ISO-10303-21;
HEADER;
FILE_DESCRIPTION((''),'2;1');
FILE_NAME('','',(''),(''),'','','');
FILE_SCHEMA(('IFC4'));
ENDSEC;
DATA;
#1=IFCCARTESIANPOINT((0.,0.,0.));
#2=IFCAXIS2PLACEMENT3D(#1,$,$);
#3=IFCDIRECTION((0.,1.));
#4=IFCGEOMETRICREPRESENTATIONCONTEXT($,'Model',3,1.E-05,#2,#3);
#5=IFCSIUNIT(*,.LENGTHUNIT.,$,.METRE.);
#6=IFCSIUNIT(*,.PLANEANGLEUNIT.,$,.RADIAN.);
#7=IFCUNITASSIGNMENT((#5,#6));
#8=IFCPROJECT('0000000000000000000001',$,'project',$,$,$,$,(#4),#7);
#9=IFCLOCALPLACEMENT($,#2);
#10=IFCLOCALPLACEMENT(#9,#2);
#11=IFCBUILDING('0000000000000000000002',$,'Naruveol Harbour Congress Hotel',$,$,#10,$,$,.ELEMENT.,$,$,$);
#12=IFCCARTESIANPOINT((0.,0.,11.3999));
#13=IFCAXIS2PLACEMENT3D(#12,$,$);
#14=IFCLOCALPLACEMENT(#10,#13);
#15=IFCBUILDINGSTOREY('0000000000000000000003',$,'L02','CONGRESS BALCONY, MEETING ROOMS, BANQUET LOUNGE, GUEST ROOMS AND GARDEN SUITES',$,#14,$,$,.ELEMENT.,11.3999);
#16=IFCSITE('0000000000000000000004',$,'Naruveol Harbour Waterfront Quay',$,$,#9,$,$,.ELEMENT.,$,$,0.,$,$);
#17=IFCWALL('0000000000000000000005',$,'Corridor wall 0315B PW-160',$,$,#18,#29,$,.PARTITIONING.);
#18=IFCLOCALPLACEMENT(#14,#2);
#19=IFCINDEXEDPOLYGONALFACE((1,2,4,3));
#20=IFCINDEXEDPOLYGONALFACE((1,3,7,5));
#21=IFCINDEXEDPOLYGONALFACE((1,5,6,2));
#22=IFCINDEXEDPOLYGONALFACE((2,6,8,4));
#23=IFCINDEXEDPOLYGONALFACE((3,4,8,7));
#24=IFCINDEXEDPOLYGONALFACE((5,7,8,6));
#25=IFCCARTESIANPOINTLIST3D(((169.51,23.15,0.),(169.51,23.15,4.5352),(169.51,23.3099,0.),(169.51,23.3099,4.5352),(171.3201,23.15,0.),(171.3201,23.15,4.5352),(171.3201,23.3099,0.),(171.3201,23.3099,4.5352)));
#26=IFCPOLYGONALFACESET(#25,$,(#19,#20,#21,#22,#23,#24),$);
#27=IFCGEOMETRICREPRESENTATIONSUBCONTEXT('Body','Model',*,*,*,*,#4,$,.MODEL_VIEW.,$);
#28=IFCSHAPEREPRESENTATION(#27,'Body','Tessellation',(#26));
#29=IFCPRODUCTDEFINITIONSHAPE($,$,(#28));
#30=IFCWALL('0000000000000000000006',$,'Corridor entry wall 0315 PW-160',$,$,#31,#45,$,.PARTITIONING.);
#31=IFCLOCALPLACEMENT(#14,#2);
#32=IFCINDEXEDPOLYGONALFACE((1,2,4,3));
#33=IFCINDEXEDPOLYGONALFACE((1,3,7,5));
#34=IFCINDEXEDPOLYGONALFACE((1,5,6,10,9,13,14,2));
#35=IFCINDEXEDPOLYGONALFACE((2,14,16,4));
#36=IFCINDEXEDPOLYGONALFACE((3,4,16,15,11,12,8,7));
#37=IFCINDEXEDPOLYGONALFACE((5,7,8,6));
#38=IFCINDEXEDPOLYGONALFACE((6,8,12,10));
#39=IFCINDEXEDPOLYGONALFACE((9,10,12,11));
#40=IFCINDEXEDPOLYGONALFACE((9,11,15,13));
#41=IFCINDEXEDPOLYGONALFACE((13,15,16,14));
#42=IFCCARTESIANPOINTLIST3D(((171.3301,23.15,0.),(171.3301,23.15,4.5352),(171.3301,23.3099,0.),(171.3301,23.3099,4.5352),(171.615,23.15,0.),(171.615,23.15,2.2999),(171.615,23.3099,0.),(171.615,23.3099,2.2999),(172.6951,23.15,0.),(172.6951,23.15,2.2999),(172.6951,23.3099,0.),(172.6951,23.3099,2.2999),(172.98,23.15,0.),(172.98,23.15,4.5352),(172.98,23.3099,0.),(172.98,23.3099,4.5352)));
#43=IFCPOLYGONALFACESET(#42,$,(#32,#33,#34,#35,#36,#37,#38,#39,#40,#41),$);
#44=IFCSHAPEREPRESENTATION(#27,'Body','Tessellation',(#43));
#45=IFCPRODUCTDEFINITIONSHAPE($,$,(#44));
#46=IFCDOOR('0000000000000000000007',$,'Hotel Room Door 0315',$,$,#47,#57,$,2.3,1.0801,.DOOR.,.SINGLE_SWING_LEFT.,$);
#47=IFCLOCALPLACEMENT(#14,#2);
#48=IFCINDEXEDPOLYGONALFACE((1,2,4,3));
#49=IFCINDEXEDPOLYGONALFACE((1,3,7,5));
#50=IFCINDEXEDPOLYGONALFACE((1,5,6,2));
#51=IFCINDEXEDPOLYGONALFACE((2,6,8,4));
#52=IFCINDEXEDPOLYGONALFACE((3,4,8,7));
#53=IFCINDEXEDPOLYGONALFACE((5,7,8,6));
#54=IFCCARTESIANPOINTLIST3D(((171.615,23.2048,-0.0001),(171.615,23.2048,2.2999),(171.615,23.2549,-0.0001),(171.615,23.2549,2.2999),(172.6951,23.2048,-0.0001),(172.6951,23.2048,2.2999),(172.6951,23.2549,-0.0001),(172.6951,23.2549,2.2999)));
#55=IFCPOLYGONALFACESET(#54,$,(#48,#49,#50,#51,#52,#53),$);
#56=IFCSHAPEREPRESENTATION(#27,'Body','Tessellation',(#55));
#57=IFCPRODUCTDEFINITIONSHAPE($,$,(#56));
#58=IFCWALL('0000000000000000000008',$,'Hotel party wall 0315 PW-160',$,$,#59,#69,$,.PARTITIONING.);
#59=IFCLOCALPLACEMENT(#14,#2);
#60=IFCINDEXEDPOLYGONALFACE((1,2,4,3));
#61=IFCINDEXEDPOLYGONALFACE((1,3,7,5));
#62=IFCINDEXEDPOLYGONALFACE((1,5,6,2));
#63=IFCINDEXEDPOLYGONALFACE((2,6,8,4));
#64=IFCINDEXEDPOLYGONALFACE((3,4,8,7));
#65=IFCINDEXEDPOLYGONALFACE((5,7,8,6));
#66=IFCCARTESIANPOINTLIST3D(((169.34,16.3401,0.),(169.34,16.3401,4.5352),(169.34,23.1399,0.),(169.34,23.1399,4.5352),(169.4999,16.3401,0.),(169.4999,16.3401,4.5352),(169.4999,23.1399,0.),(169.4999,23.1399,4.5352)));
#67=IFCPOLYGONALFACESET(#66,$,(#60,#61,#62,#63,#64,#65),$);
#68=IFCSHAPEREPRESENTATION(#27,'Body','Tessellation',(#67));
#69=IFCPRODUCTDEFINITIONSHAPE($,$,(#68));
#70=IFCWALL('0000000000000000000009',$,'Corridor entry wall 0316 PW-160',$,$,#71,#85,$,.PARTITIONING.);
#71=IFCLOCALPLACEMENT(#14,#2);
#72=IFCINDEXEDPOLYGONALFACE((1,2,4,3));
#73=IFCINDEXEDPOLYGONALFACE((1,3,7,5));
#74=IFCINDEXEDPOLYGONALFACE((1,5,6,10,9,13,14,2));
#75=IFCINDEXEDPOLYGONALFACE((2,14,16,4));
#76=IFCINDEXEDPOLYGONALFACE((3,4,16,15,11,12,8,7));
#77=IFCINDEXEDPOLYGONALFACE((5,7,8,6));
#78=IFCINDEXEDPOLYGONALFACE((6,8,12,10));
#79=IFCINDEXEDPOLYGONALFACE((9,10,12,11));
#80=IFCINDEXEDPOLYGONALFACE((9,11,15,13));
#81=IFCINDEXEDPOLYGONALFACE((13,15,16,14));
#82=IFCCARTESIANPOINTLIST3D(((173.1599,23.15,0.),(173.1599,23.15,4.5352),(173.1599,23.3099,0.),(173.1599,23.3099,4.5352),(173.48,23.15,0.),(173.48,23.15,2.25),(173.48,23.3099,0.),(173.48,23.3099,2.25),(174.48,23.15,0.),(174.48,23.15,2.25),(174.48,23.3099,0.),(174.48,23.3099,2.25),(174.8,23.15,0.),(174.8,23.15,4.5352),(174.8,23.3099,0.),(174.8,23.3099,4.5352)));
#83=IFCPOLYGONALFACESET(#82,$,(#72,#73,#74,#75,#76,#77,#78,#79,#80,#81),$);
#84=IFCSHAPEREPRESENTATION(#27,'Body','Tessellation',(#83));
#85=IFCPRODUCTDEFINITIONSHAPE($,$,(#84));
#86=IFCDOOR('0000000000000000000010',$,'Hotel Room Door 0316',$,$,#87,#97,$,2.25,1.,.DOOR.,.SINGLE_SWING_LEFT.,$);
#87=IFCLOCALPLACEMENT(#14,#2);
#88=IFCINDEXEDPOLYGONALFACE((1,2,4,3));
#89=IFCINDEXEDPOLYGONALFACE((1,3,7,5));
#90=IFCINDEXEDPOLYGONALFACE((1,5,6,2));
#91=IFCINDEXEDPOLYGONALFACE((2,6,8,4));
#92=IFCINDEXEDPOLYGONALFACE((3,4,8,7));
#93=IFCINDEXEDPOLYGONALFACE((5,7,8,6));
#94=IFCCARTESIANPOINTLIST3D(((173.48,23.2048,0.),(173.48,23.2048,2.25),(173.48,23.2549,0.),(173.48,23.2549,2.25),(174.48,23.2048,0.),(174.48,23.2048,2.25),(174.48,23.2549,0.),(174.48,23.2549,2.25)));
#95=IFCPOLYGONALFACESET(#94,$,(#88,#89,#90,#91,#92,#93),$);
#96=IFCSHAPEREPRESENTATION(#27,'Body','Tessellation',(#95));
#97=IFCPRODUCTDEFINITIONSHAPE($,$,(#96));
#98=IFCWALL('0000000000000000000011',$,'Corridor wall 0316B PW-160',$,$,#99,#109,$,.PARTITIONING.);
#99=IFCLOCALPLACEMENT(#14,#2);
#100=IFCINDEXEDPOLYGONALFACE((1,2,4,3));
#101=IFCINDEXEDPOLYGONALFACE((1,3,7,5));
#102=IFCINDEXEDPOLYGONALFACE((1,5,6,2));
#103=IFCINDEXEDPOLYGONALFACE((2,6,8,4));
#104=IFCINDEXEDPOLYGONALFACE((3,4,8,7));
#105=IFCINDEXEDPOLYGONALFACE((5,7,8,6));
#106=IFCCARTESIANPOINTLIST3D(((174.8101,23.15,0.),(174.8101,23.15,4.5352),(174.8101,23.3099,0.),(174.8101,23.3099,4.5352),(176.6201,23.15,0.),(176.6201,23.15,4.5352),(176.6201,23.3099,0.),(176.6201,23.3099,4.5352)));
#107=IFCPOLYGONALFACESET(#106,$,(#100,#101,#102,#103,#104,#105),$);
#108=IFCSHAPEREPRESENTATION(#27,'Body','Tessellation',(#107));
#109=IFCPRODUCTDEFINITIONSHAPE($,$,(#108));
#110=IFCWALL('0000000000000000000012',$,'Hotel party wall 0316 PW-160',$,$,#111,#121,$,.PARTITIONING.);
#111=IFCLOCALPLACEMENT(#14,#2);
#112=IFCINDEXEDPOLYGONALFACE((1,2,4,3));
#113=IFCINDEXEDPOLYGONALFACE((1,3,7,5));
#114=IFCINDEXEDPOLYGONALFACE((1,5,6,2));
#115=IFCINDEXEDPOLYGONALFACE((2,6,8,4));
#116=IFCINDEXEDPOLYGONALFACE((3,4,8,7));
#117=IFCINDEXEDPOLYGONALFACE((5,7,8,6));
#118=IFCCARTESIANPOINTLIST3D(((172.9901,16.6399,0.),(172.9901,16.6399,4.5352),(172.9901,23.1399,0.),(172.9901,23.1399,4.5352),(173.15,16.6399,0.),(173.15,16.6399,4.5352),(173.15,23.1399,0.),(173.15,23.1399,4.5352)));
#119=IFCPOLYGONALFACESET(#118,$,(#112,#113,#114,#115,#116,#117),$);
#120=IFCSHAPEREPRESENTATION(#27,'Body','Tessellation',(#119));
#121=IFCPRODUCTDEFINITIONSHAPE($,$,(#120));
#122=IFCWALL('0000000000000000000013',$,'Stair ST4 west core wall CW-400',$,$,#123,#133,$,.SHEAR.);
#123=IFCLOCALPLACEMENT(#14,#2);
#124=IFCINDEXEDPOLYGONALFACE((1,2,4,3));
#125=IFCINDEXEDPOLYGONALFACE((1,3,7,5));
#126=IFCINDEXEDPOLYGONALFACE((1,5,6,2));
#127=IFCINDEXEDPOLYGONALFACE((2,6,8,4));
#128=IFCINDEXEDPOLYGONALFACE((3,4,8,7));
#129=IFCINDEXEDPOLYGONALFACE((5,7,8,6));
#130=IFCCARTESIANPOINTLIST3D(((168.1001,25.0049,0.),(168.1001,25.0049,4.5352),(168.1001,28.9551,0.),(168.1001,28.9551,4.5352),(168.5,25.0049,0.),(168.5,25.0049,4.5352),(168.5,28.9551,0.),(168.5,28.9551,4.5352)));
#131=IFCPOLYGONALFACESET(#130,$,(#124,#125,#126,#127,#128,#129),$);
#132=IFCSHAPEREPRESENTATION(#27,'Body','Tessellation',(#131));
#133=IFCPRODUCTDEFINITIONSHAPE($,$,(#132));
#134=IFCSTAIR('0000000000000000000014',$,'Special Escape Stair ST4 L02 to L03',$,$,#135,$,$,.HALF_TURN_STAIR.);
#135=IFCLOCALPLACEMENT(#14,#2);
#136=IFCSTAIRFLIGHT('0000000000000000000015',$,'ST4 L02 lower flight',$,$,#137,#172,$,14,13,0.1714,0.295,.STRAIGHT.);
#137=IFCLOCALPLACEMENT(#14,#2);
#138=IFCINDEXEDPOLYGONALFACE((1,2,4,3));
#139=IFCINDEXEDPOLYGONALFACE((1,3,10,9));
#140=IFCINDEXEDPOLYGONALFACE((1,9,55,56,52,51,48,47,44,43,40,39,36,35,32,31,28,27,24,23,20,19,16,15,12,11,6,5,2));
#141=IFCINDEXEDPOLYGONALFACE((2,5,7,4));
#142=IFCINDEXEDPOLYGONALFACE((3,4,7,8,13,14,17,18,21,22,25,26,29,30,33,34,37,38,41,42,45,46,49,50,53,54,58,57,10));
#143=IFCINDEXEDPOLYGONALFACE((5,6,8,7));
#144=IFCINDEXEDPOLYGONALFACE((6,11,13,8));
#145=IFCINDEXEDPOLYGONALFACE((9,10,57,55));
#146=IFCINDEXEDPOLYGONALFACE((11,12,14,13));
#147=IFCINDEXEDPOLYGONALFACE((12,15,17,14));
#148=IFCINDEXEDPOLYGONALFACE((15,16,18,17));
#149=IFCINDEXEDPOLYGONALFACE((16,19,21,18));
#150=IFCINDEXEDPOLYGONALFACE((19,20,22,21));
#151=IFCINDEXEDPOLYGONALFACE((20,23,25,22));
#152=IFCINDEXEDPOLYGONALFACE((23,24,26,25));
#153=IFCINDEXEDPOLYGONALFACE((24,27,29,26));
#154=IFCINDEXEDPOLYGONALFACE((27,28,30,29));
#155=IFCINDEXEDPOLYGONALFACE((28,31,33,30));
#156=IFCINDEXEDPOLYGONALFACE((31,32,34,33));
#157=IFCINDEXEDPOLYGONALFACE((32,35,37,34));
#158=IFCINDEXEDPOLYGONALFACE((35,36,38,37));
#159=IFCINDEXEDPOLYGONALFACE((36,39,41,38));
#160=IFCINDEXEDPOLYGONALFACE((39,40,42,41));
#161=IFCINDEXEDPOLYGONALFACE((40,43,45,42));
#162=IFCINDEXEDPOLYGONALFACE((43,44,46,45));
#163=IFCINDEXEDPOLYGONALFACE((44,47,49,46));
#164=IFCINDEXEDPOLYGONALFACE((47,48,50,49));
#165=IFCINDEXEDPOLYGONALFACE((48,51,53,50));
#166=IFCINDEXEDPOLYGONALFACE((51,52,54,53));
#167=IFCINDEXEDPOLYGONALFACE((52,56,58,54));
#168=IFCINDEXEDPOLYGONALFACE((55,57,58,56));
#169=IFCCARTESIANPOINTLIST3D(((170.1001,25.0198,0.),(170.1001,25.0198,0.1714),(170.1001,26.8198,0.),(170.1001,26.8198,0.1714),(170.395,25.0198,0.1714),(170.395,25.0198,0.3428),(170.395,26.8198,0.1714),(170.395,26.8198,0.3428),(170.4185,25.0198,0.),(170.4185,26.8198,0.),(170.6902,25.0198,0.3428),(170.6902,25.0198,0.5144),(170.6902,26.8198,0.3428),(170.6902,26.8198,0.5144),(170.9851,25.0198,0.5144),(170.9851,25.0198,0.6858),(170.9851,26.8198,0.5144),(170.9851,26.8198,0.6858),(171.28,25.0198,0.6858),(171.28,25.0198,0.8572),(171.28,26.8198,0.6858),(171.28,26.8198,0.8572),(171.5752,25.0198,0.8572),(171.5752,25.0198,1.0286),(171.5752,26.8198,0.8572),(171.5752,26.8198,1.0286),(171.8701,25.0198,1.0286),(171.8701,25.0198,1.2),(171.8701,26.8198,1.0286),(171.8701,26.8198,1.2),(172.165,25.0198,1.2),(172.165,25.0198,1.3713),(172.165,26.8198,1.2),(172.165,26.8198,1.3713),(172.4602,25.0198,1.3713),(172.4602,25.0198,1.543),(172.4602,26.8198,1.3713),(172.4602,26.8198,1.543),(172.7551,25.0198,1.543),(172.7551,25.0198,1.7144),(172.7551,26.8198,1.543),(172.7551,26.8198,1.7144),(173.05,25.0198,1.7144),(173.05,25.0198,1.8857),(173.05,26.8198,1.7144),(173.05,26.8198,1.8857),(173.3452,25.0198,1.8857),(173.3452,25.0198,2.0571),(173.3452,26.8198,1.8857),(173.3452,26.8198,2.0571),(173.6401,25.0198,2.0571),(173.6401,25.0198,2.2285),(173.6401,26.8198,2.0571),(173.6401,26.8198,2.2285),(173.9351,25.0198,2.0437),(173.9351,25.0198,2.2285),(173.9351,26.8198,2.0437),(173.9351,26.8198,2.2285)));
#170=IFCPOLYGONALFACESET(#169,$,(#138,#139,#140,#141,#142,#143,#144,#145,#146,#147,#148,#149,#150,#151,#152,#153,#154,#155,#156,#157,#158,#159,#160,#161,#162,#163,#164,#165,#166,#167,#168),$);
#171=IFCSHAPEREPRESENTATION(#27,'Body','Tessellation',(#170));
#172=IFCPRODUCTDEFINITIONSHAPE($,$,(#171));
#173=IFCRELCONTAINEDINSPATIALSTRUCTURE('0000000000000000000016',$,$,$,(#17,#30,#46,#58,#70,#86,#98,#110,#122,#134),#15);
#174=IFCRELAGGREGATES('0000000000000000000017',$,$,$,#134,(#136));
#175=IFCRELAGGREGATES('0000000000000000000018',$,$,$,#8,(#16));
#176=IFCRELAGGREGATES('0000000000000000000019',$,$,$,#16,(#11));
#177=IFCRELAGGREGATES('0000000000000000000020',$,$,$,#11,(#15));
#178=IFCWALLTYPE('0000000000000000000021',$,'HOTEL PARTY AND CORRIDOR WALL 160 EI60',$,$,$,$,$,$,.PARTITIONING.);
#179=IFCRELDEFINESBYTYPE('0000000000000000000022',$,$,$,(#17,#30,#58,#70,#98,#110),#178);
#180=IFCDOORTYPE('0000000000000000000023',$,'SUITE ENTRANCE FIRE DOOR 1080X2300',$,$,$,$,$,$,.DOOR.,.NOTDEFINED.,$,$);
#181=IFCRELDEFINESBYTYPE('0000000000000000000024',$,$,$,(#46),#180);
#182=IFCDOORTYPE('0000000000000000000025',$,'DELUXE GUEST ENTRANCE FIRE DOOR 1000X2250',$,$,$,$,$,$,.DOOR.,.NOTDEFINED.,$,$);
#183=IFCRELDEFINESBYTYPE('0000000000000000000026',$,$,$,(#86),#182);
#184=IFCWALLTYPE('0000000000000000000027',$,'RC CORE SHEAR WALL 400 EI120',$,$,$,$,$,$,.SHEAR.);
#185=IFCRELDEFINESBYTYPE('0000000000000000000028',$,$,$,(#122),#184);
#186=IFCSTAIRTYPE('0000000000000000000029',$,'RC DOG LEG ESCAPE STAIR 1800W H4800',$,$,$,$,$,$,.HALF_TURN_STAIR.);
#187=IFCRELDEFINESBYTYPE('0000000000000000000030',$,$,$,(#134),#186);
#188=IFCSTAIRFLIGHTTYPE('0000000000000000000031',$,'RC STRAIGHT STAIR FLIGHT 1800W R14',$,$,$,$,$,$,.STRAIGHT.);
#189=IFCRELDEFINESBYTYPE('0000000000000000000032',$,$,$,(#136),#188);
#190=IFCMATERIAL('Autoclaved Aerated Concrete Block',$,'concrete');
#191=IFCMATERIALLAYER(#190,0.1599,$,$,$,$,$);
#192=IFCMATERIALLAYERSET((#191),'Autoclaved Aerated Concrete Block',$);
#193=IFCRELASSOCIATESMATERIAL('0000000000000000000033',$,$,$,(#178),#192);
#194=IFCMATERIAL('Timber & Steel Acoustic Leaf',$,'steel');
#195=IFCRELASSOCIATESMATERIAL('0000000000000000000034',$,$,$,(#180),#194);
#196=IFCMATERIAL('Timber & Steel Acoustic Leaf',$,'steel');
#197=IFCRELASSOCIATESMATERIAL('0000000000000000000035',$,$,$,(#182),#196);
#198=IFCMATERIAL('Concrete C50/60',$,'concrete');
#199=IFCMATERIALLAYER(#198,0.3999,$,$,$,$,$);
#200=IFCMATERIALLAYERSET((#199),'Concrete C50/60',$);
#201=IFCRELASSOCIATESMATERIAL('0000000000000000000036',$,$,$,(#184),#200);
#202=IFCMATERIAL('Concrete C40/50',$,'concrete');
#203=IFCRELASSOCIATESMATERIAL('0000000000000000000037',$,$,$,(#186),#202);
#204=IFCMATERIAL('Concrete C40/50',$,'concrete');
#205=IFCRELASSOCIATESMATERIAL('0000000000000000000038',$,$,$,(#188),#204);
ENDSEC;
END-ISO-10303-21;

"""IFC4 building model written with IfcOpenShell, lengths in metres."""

from ifc_helpers import new_model, si_unit, direction, frame, frame_2d, origin, place, context, subcontext, project, spatial, polyline, rectangle, outline, extrude, material, layer, layer_set, type_object, element, fill, aggregate, save


model = new_model("IFC4")

# Units and contexts
model_context = context("Model", 3, precision=1e-05, world=origin(), true_north=direction((0.0, 1.0)))
body_context = subcontext(model_context, "Body", "Model", "MODEL_VIEW")
ifc_project = project(units=[si_unit("LENGTHUNIT", "METRE"), si_unit("PLANEANGLEUNIT", "RADIAN")], contexts=[model_context])

# Site, building, storey
site_placement = place(None, origin())
site = spatial("IfcSite", under=ifc_project, at=site_placement, Name="Naruveol Harbour Waterfront Quay", CompositionType="ELEMENT", RefElevation=0.0)
building_placement = place(site_placement, origin())
building = spatial("IfcBuilding", under=site, at=building_placement, Name="Naruveol Harbour Congress Hotel", CompositionType="ELEMENT")
storey_placement = place(building_placement, frame((0.0, 0.0, 11.3999)))
storey = spatial("IfcBuildingStorey", under=building, at=storey_placement, Name="L02", Description="CONGRESS BALCONY, MEETING ROOMS, BANQUET LOUNGE, GUEST ROOMS AND GARDEN SUITES", CompositionType="ELEMENT", Elevation=11.3999)

# Wall
ifc_material_1 = material(Name="Autoclaved Aerated Concrete Block", Category="concrete")
ifc_layer_1 = layer(ifc_material_1, 0.1599)
ifc_layer_set_1 = layer_set([ifc_layer_1], Name="Autoclaved Aerated Concrete Block")
wall_type_1 = type_object("IfcWallType", Name="HOTEL PARTY AND CORRIDOR WALL 160 EI60", PredefinedType="PARTITIONING", material=ifc_layer_set_1)
wall_1_placement = place(storey_placement, frame((169.51, 23.23, 0.0), z_axis=(0.0, 0.0, 1.0), x_axis=(1.0, 0.0, 0.0)))
element("IfcWall", 1, at=wall_1_placement, inside=storey, type_object=wall_type_1, Name="Corridor wall 0315B PW-160", PredefinedType="PARTITIONING", context=body_context, shape_type="SweptSolid", body=[
    extrude(rectangle(XDim=1.8101, YDim=0.1599, at=frame_2d((0.905, 0.0))), origin(), (0.0, 0.0, 1.0), 4.5352),
])

# Wall, opening, door
wall_2_placement = place(storey_placement, frame((171.3301, 23.23, 0.0), z_axis=(0.0, 0.0, 1.0), x_axis=(1.0, 0.0, 0.0)))
wall_2 = element("IfcWall", 2, at=wall_2_placement, inside=storey, type_object=wall_type_1, Name="Corridor entry wall 0315 PW-160", PredefinedType="PARTITIONING", context=body_context, shape_type="SweptSolid", body=[
    extrude(rectangle(XDim=1.6499, YDim=0.1599, at=frame_2d((0.825, 0.0))), origin(), (0.0, 0.0, 1.0), 4.5352),
])
opening_1_placement = place(wall_2_placement, frame((0.2849, 0.0, 0.0)))
opening_1 = element("IfcOpeningElement", 3, at=opening_1_placement, cuts=wall_2, PredefinedType="OPENING", context=body_context, shape_type="SweptSolid", body=[
    extrude(rectangle(XDim=1.0801, YDim=2.3, at=frame_2d((0.54, 1.1499))), frame((0.0, 0.0898, 0.0), z_axis=(0.0, -1.0, 0.0), x_axis=(1.0, 0.0, 0.0)), (0.0, 0.0, 1.0), 0.1799),
])
ifc_material_2 = material(Name="Timber & Steel Acoustic Leaf", Category="steel")
door_type_1 = type_object("IfcDoorType", Name="SUITE ENTRANCE FIRE DOOR 1080X2300", OperationType="NOTDEFINED", PredefinedType="DOOR", material=ifc_material_2)
door_1_placement = place(opening_1_placement, origin())
door_1 = element("IfcDoor", 4, at=door_1_placement, inside=storey, type_object=door_type_1, Name="Hotel Room Door 0315", OperationType="SINGLE_SWING_LEFT", OverallHeight=2.3, OverallWidth=1.0801, PredefinedType="DOOR", context=body_context, shape_type="SweptSolid", body=[
    extrude(rectangle(XDim=1.0801, YDim=2.3, at=frame_2d((0.54, 1.1499))), frame((0.0, 0.0249, 0.0), z_axis=(0.0, -1.0, 0.0), x_axis=(1.0, 0.0, 0.0)), (0.0, 0.0, 1.0), 0.05),
])
fill(opening_1, door_1)

# Wall
wall_3_placement = place(storey_placement, frame((169.4199, 16.3401, 0.0), z_axis=(0.0, 0.0, 1.0), x_axis=(0.0, 1.0, 0.0)))
element("IfcWall", 5, at=wall_3_placement, inside=storey, type_object=wall_type_1, Name="Hotel party wall 0315 PW-160", PredefinedType="PARTITIONING", context=body_context, shape_type="SweptSolid", body=[
    extrude(rectangle(XDim=6.7998, YDim=0.1599, at=frame_2d((3.3999, 0.0))), origin(), (0.0, 0.0, 1.0), 4.5352),
])

# Wall, opening, door
wall_4_placement = place(storey_placement, frame((173.1599, 23.23, 0.0), z_axis=(0.0, 0.0, 1.0), x_axis=(1.0, 0.0, 0.0)))
wall_4 = element("IfcWall", 6, at=wall_4_placement, inside=storey, type_object=wall_type_1, Name="Corridor entry wall 0316 PW-160", PredefinedType="PARTITIONING", context=body_context, shape_type="SweptSolid", body=[
    extrude(rectangle(XDim=1.6401, YDim=0.1599, at=frame_2d((0.8201, 0.0))), origin(), (0.0, 0.0, 1.0), 4.5352),
])
opening_2_placement = place(wall_4_placement, frame((0.3201, 0.0, 0.0)))
opening_2 = element("IfcOpeningElement", 7, at=opening_2_placement, cuts=wall_4, PredefinedType="OPENING", context=body_context, shape_type="SweptSolid", body=[
    extrude(rectangle(XDim=1.0, YDim=2.25, at=frame_2d((0.5, 1.125))), frame((0.0, 0.0898, 0.0), z_axis=(0.0, -1.0, 0.0), x_axis=(1.0, 0.0, 0.0)), (0.0, 0.0, 1.0), 0.1799),
])
ifc_material_3 = material(Name="Timber & Steel Acoustic Leaf", Category="steel")
door_type_2 = type_object("IfcDoorType", Name="DELUXE GUEST ENTRANCE FIRE DOOR 1000X2250", OperationType="NOTDEFINED", PredefinedType="DOOR", material=ifc_material_3)
door_2_placement = place(opening_2_placement, origin())
door_2 = element("IfcDoor", 8, at=door_2_placement, inside=storey, type_object=door_type_2, Name="Hotel Room Door 0316", OperationType="SINGLE_SWING_LEFT", OverallHeight=2.25, OverallWidth=1.0, PredefinedType="DOOR", context=body_context, shape_type="SweptSolid", body=[
    extrude(rectangle(XDim=1.0, YDim=2.25, at=frame_2d((0.5, 1.125))), frame((0.0, 0.0249, 0.0), z_axis=(0.0, -1.0, 0.0), x_axis=(1.0, 0.0, 0.0)), (0.0, 0.0, 1.0), 0.05),
])
fill(opening_2, door_2)

# Walls
wall_5_placement = place(storey_placement, frame((174.8101, 23.23, 0.0), z_axis=(0.0, 0.0, 1.0), x_axis=(1.0, 0.0, 0.0)))
element("IfcWall", 9, at=wall_5_placement, inside=storey, type_object=wall_type_1, Name="Corridor wall 0316B PW-160", PredefinedType="PARTITIONING", context=body_context, shape_type="SweptSolid", body=[
    extrude(rectangle(XDim=1.8101, YDim=0.1599, at=frame_2d((0.905, 0.0))), origin(), (0.0, 0.0, 1.0), 4.5352),
])
wall_6_placement = place(storey_placement, frame((173.0701, 16.6399, 0.0), z_axis=(0.0, 0.0, 1.0), x_axis=(0.0, 1.0, 0.0)))
element("IfcWall", 10, at=wall_6_placement, inside=storey, type_object=wall_type_1, Name="Hotel party wall 0316 PW-160", PredefinedType="PARTITIONING", context=body_context, shape_type="SweptSolid", body=[
    extrude(rectangle(XDim=6.5, YDim=0.1599, at=frame_2d((3.25, 0.0))), origin(), (0.0, 0.0, 1.0), 4.5352),
])
ifc_material_4 = material(Name="Concrete C50/60", Category="concrete")
ifc_layer_2 = layer(ifc_material_4, 0.3999)
ifc_layer_set_2 = layer_set([ifc_layer_2], Name="Concrete C50/60")
wall_type_2 = type_object("IfcWallType", Name="RC CORE SHEAR WALL 400 EI120", PredefinedType="SHEAR", material=ifc_layer_set_2)
wall_7_placement = place(storey_placement, frame((168.3, 25.0049, 0.0), z_axis=(0.0, 0.0, 1.0), x_axis=(0.0, 1.0, 0.0)))
element("IfcWall", 11, at=wall_7_placement, inside=storey, type_object=wall_type_2, Name="Stair ST4 west core wall CW-400", PredefinedType="SHEAR", context=body_context, shape_type="SweptSolid", body=[
    extrude(rectangle(XDim=3.9502, YDim=0.3999, at=frame_2d((1.9751, 0.0))), origin(), (0.0, 0.0, 1.0), 4.5352),
])

# Stair, stair flight
ifc_material_5 = material(Name="Concrete C40/50", Category="concrete")
stair_type = type_object("IfcStairType", Name="RC DOG LEG ESCAPE STAIR 1800W H4800", PredefinedType="HALF_TURN_STAIR", material=ifc_material_5)
stair_placement = place(storey_placement, origin())
stair = element("IfcStair", 12, at=stair_placement, inside=storey, type_object=stair_type, Name="Special Escape Stair ST4 L02 to L03", PredefinedType="HALF_TURN_STAIR")
ifc_material_6 = material(Name="Concrete C40/50", Category="concrete")
stair_flight_type = type_object("IfcStairFlightType", Name="RC STRAIGHT STAIR FLIGHT 1800W R14", PredefinedType="STRAIGHT", material=ifc_material_6)
stair_flight_1_placement = place(storey_placement, frame((170.1001, 25.9199, 0.0), z_axis=(0.0, 0.0, 1.0), x_axis=(1.0, 0.0, 0.0)))
stair_flight_1 = element("IfcStairFlight", 13, at=stair_flight_1_placement, type_object=stair_flight_type, Name="ST4 L02 lower flight", NumberOfRisers=14, NumberOfTreads=13, PredefinedType="STRAIGHT", RiserHeight=0.1714, TreadLength=0.295, context=body_context, shape_type="SweptSolid", body=[
    extrude(outline(polyline([(0.0, 0.0), (0.0, 0.1714), (0.2949, 0.1714), (0.2949, 0.3428), (0.5901, 0.3428), (0.5901, 0.5144), (0.885, 0.5144), (0.885, 0.6858), (1.1799, 0.6858), (1.1799, 0.8572), (1.4751, 0.8572), (1.4751, 1.0286), (1.77, 1.0286), (1.77, 1.2), (2.0649, 1.2), (2.0649, 1.3713), (2.3601, 1.3713), (2.3601, 1.543), (2.655, 1.543), (2.655, 1.7144), (2.95, 1.7144), (2.95, 1.8857), (3.2451, 1.8857), (3.2451, 2.0571), (3.54, 2.0571), (3.54, 2.2285), (3.835, 2.2285), (3.835, 2.3999), (3.835, 2.0437), (0.3184, 0.0), (0.0, 0.0)])), frame((0.0, 0.8999, 0.0), z_axis=(0.0, -1.0, 0.0), x_axis=(1.0, 0.0, 0.0)), (0.0, 0.0, 1.0), 1.8),
])
aggregate(stair, [stair_flight_1])

save(model, "model.ifc")
